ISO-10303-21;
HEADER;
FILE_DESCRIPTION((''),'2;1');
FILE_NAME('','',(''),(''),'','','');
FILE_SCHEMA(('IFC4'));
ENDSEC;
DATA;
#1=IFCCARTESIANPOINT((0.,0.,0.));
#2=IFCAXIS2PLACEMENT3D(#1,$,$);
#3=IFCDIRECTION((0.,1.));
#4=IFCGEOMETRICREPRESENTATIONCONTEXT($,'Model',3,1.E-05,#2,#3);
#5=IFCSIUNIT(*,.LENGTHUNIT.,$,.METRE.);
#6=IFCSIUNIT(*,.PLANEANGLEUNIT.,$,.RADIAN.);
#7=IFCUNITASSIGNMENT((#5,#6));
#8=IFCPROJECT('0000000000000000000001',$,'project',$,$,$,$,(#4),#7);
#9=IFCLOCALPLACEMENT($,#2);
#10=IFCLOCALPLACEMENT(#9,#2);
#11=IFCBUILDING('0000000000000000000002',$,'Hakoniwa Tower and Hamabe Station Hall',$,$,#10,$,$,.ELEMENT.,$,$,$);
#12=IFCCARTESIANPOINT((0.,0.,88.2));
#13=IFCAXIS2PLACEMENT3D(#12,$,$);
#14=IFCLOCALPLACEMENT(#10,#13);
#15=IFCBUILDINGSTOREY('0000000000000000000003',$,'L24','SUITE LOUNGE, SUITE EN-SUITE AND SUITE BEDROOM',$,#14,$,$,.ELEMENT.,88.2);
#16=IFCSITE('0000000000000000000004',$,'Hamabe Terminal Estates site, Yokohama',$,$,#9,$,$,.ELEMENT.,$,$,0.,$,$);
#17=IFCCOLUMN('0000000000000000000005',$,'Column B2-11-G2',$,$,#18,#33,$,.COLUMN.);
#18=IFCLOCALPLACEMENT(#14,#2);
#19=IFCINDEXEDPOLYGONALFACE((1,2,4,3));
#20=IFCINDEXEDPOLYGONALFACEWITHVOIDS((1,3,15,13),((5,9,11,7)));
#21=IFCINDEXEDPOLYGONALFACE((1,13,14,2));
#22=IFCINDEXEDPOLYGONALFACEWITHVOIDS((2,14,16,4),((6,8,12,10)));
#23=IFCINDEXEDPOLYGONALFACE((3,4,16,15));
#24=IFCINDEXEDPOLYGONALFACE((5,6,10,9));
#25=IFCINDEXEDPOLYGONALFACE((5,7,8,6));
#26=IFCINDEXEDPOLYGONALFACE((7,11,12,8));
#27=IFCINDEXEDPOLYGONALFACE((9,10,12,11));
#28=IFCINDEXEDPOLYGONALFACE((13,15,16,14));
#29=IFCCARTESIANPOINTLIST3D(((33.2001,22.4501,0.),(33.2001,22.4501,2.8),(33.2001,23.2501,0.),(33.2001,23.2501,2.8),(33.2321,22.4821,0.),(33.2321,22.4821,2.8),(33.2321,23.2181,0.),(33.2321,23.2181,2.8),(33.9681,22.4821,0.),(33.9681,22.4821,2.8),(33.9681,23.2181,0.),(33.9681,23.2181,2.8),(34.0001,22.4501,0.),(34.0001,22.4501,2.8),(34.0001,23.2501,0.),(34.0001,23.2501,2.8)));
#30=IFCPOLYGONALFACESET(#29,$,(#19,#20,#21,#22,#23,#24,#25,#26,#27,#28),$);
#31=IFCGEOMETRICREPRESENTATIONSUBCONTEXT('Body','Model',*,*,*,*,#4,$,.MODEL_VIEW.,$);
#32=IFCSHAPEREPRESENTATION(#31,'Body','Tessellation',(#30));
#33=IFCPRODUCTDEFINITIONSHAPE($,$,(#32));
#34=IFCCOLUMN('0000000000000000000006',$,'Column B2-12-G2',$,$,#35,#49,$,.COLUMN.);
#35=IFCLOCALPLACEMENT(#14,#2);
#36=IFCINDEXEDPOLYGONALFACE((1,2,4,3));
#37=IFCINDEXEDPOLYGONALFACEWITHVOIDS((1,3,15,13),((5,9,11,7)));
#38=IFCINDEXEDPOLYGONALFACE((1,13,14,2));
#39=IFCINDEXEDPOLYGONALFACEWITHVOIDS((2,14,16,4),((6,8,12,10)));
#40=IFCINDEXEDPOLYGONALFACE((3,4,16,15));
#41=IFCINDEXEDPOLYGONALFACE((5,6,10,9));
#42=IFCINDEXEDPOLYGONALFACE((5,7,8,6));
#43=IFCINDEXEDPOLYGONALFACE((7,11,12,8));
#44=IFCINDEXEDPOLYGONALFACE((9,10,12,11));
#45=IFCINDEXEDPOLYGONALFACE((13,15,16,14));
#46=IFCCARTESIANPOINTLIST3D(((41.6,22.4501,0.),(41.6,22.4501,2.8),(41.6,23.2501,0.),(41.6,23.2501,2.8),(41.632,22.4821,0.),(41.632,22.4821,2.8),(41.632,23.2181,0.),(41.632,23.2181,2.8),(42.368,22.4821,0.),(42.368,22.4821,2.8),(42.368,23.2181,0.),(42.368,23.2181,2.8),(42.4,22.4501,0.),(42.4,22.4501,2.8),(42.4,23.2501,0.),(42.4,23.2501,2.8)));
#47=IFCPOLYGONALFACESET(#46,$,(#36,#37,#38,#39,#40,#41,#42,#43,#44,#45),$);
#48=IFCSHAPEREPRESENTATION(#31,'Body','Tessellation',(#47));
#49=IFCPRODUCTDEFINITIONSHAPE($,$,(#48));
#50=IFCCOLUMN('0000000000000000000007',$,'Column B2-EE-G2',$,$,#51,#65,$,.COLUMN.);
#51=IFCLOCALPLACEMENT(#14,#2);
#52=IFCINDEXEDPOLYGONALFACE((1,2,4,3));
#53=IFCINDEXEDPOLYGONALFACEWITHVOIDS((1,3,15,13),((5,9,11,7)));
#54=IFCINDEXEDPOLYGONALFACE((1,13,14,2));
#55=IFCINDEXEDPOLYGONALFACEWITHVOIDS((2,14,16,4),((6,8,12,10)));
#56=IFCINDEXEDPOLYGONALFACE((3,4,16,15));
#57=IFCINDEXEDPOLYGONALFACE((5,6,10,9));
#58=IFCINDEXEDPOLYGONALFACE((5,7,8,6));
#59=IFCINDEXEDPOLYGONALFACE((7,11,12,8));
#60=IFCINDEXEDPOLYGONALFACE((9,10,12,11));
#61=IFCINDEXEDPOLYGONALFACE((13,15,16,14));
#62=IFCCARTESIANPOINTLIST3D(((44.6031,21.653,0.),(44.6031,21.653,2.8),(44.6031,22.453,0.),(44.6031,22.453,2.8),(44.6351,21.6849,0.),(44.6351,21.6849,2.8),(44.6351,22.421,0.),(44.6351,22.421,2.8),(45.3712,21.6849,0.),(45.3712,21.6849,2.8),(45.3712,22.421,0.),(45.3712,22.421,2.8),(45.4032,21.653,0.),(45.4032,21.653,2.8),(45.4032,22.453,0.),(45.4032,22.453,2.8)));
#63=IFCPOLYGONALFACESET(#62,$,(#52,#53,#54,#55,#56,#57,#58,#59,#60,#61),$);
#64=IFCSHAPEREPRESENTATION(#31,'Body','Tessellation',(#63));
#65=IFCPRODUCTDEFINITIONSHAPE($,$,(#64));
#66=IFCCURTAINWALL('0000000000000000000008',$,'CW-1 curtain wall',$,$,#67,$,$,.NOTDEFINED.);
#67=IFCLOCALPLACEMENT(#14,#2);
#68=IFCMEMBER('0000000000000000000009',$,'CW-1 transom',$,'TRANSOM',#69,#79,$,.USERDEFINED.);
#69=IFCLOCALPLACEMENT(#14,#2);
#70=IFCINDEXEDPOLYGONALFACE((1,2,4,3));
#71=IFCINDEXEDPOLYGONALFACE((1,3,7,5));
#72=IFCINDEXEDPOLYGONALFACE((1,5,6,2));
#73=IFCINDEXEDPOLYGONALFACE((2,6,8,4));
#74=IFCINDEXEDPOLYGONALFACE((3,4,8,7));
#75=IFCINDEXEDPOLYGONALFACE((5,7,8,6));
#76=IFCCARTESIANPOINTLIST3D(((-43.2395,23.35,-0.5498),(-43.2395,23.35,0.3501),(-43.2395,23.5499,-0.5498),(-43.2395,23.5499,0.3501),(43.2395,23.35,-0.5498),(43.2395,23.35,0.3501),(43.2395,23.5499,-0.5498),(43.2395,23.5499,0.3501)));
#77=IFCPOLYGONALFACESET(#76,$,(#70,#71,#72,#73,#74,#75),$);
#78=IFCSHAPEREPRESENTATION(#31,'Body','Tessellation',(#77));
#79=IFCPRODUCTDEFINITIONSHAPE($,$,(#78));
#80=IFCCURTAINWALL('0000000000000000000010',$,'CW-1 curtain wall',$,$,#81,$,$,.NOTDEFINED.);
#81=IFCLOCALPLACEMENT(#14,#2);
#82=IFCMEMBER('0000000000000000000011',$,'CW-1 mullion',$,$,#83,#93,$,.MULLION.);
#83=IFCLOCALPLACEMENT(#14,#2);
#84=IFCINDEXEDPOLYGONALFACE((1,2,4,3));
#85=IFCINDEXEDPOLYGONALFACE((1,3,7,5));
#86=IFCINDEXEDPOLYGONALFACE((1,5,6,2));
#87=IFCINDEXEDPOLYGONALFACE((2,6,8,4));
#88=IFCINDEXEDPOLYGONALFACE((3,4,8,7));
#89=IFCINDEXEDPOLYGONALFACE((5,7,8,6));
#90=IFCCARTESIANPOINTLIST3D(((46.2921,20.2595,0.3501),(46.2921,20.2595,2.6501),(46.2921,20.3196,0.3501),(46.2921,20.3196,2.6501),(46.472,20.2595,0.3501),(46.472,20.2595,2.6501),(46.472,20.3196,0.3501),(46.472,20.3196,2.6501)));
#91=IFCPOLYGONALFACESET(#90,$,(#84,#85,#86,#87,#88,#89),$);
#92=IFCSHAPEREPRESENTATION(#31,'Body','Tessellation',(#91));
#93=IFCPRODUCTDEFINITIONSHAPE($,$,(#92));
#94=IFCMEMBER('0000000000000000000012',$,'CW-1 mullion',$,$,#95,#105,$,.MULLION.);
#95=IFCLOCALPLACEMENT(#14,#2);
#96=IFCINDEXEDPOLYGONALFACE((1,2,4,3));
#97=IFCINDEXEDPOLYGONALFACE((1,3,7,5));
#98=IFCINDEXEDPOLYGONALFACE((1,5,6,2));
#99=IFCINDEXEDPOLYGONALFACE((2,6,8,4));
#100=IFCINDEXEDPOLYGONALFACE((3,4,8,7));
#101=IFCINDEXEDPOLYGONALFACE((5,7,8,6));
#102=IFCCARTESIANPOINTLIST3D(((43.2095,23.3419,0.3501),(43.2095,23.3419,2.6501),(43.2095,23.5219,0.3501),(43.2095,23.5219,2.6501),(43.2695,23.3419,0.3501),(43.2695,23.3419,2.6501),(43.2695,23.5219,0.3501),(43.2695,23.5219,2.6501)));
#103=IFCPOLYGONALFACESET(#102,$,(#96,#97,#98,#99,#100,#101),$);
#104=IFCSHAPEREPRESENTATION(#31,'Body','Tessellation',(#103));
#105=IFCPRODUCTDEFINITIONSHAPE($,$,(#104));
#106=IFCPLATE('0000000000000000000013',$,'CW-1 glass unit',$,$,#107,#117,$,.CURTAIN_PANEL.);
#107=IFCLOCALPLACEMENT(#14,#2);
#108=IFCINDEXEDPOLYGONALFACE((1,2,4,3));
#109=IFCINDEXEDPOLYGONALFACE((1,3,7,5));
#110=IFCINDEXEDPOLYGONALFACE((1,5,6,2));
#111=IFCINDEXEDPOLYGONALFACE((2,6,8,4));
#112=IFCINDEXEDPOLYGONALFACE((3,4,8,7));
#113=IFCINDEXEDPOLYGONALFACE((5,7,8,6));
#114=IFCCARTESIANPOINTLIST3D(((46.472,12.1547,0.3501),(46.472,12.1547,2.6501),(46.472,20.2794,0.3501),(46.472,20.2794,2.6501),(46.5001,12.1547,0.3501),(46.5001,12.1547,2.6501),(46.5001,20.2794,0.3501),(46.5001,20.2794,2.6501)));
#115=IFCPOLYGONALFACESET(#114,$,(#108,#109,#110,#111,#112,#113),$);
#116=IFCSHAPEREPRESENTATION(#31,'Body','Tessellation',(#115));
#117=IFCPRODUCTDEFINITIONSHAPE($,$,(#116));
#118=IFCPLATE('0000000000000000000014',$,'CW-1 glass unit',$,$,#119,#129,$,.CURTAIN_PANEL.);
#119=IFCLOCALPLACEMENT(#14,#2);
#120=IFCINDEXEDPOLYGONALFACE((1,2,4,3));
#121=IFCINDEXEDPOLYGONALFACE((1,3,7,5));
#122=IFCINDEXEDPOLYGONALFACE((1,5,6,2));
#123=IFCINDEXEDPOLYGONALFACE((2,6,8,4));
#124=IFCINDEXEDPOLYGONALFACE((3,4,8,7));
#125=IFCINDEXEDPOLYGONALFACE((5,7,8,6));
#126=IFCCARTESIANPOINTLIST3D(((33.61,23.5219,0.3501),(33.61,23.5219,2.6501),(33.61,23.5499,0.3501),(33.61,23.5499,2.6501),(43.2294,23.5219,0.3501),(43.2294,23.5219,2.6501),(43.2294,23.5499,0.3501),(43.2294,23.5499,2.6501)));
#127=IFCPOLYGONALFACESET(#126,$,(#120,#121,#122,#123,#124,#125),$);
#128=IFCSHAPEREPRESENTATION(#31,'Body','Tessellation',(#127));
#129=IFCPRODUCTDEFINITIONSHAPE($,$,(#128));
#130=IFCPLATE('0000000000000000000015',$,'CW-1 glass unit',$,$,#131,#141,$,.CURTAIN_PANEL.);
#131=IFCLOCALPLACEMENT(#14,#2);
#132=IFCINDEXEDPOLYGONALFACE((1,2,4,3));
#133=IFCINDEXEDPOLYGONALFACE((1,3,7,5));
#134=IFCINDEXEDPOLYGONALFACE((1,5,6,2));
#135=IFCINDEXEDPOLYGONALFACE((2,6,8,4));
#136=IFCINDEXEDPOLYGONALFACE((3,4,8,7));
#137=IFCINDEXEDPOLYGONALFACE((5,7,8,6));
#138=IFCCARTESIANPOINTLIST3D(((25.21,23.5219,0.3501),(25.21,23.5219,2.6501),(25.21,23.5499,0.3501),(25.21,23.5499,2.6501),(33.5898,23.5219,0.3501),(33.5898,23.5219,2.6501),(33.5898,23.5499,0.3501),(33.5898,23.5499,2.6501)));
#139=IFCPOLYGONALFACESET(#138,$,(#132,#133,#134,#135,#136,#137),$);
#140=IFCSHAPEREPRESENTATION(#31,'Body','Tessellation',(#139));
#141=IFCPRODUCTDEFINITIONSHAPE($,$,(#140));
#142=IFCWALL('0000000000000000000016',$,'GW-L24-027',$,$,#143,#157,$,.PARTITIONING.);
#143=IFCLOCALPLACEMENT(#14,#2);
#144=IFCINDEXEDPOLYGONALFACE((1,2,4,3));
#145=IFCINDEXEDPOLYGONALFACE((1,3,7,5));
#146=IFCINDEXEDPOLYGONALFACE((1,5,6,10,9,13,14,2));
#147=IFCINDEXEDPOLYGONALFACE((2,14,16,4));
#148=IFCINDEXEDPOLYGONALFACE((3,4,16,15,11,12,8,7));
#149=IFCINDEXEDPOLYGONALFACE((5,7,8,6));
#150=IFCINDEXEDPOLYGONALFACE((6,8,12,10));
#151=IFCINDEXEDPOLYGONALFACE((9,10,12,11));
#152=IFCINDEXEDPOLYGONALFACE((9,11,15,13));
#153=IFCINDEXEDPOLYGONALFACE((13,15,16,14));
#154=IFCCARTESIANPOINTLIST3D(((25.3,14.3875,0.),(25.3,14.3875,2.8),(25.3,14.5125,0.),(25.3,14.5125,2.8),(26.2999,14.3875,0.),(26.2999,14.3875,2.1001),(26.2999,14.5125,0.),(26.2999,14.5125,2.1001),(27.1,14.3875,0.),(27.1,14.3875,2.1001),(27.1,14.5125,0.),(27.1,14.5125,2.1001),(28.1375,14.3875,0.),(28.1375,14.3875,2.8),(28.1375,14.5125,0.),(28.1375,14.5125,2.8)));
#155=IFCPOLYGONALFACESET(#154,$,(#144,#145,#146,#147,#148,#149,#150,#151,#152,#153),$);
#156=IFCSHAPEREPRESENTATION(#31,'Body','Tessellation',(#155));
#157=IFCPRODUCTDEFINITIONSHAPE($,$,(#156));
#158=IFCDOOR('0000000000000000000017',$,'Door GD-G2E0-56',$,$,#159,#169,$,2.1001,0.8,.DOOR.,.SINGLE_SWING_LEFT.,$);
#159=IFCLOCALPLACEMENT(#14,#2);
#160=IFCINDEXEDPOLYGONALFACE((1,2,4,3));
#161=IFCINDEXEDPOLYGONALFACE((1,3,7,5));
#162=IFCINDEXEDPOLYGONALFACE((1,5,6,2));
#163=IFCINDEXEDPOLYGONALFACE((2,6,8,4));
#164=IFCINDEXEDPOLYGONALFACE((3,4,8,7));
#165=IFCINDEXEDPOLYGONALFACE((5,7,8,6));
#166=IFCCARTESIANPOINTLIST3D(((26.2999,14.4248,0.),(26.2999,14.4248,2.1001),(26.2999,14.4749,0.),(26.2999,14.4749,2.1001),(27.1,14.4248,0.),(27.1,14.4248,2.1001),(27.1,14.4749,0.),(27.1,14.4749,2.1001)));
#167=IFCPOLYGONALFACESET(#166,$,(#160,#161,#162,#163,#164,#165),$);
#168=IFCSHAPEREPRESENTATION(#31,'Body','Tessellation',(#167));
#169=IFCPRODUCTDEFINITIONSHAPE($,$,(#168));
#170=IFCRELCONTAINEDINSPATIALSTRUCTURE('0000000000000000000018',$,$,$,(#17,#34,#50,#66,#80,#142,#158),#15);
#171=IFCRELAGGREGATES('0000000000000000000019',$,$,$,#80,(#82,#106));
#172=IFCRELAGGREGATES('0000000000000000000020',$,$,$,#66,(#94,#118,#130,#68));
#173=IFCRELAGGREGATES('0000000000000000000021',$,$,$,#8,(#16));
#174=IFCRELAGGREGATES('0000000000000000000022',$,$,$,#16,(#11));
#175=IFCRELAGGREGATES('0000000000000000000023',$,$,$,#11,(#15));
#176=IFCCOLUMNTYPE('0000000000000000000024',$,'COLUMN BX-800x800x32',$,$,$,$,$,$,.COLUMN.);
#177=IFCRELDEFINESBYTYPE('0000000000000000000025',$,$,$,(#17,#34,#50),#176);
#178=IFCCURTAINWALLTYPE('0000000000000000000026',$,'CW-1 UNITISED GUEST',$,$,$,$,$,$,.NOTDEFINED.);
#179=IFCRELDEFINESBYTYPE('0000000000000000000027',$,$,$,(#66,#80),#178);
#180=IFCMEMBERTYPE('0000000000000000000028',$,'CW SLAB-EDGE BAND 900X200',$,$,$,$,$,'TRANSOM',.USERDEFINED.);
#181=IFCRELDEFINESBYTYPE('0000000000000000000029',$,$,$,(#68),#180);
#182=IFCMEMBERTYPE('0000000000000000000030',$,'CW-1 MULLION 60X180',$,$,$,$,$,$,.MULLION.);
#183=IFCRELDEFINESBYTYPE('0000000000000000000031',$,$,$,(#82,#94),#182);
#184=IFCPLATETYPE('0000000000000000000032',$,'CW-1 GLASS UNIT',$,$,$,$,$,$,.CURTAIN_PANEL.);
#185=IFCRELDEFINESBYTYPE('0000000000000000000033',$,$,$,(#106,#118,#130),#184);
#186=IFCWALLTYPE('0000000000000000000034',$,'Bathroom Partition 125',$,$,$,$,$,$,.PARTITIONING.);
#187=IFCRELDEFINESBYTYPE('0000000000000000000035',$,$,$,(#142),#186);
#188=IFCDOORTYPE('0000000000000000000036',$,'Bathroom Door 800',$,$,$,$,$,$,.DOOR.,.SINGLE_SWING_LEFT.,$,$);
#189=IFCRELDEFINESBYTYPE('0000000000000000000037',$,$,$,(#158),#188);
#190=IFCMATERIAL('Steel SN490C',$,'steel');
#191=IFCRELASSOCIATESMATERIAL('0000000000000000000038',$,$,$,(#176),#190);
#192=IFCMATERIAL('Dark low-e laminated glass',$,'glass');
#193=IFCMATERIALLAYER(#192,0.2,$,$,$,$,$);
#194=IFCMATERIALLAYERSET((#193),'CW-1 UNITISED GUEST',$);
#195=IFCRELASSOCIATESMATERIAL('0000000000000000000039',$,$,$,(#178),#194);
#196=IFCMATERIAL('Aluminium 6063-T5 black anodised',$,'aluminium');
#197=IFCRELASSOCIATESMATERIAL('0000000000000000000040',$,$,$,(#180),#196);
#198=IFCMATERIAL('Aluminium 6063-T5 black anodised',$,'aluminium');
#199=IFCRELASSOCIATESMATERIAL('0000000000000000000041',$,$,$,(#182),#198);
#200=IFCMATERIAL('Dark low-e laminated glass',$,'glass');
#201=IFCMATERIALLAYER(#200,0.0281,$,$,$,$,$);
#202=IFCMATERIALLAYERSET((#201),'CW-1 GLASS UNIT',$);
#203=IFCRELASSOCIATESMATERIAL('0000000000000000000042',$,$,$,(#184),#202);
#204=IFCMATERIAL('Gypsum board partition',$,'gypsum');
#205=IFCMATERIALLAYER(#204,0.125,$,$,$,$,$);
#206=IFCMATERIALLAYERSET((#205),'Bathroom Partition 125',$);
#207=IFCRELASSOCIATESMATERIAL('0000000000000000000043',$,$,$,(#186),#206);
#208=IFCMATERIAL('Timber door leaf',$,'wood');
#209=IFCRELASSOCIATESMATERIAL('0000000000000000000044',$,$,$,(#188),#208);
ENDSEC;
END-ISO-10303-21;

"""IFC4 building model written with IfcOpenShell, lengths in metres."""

from ifc_helpers import new_model, si_unit, direction, frame, frame_2d, origin, origin_2d, place, context, subcontext, project, spatial, rectangle, hollow_rectangle, extrude, material, layer, layer_set, material_profile, profile_set, type_object, element, fill, aggregate, save


model = new_model("IFC4")

# Units and contexts
model_context = context("Model", 3, precision=1e-05, world=origin(), true_north=direction((0.0, 1.0)))
body_context = subcontext(model_context, "Body", "Model", "MODEL_VIEW")
ifc_project = project(units=[si_unit("LENGTHUNIT", "METRE"), si_unit("PLANEANGLEUNIT", "RADIAN")], contexts=[model_context])

# Site, building, storey
site_placement = place(None, origin())
site = spatial("IfcSite", under=ifc_project, at=site_placement, Name="Hamabe Terminal Estates site, Yokohama", CompositionType="ELEMENT", RefElevation=0.0)
building_placement = place(site_placement, origin())
building = spatial("IfcBuilding", under=site, at=building_placement, Name="Hakoniwa Tower and Hamabe Station Hall", CompositionType="ELEMENT")
storey_placement = place(building_placement, frame((0.0, 0.0, 88.2)))
storey = spatial("IfcBuildingStorey", under=building, at=storey_placement, Name="L24", Description="SUITE LOUNGE, SUITE EN-SUITE AND SUITE BEDROOM", CompositionType="ELEMENT", Elevation=88.2)

# Columns
ifc_material_1 = material(Name="Steel SN490C", Category="steel")
ifc_material_profile_1 = material_profile(ifc_material_1, hollow_rectangle(XDim=0.8, YDim=0.8, WallThickness=0.032, at=origin_2d()), Name="BX-800x800x32")
ifc_profile_set_1 = profile_set([ifc_material_profile_1], Name="Steel SN490C")
column_type = type_object("IfcColumnType", Name="COLUMN BX-800x800x32", PredefinedType="COLUMN", material=ifc_profile_set_1)
for number, where, z_axis, x_axis, name in (
    (1, (33.6001, 22.8501, 0.0), (0.0, 0.0, 1.0), (1.0, 0.0, 0.0), "Column B2-11-G2"),
    (2, (42.0, 22.8501, 0.0), (0.0, 0.0, 1.0), (1.0, 0.0, 0.0), "Column B2-12-G2"),
    (3, (45.0032, 22.053, 0.0), (0.0, 0.0, 1.0), (1.0, 0.0, 0.0), "Column B2-EE-G2"),
):
    element("IfcColumn", number, at=place(storey_placement, frame(where, z_axis=z_axis, x_axis=x_axis)), inside=storey, type_object=column_type, Name=name, PredefinedType="COLUMN", context=body_context, shape_type="SweptSolid", body=[
        extrude(hollow_rectangle(XDim=0.8, YDim=0.8, WallThickness=0.032, at=origin_2d()), origin(), (0.0, 0.0, 1.0), 2.8),
    ])

# Curtain walls, members
ifc_material_2 = material(Name="Dark low-e laminated glass", Category="glass")
ifc_layer_1 = layer(ifc_material_2, 0.2)
ifc_layer_set_1 = layer_set([ifc_layer_1], Name="CW-1 UNITISED GUEST")
curtain_wall_type = type_object("IfcCurtainWallType", Name="CW-1 UNITISED GUEST", PredefinedType="NOTDEFINED", material=ifc_layer_set_1)
curtain_wall_1_placement = place(storey_placement, origin())
curtain_wall_1 = element("IfcCurtainWall", 4, at=curtain_wall_1_placement, inside=storey, type_object=curtain_wall_type, Name="CW-1 curtain wall", PredefinedType="NOTDEFINED")
ifc_material_3 = material(Name="Aluminium 6063-T5 black anodised", Category="aluminium")
ifc_material_profile_2 = material_profile(ifc_material_3, rectangle(XDim=0.2, YDim=0.8999, at=origin_2d()), Name="CW SLAB-EDGE BAND 900X200")
ifc_profile_set_2 = profile_set([ifc_material_profile_2], Name="Aluminium 6063-T5 black anodised")
member_type_1 = type_object("IfcMemberType", Name="CW SLAB-EDGE BAND 900X200", ElementType="TRANSOM", PredefinedType="USERDEFINED", material=ifc_profile_set_2)
member_1_placement = place(storey_placement, frame((43.2395, 23.45, -0.0999), z_axis=(-1.0, 0.0, 0.0), x_axis=(0.0, -1.0, 0.0)))
member_1 = element("IfcMember", 5, at=member_1_placement, type_object=member_type_1, Name="CW-1 transom", ObjectType="TRANSOM", PredefinedType="USERDEFINED", context=body_context, shape_type="SweptSolid", body=[
    extrude(rectangle(XDim=0.2, YDim=0.8999, at=origin_2d()), origin(), (0.0, 0.0, 1.0), 86.479),
])
curtain_wall_2_placement = place(storey_placement, origin())
curtain_wall_2 = element("IfcCurtainWall", 6, at=curtain_wall_2_placement, inside=storey, type_object=curtain_wall_type, Name="CW-1 curtain wall", PredefinedType="NOTDEFINED")
ifc_material_4 = material(Name="Aluminium 6063-T5 black anodised", Category="aluminium")
ifc_material_profile_3 = material_profile(ifc_material_4, rectangle(XDim=0.0601, YDim=0.1799, at=origin_2d()), Name="CW-1 MULLION 60X180")
ifc_profile_set_3 = profile_set([ifc_material_profile_3], Name="Aluminium 6063-T5 black anodised")
member_type_2 = type_object("IfcMemberType", Name="CW-1 MULLION 60X180", PredefinedType="MULLION", material=ifc_profile_set_3)
member_2_placement = place(storey_placement, frame((46.3821, 20.2896, 0.3501), z_axis=(0.0, 0.0, 1.0), x_axis=(0.0, 1.0, 0.0)))
member_2 = element("IfcMember", 7, at=member_2_placement, type_object=member_type_2, Name="CW-1 mullion", PredefinedType="MULLION", context=body_context, shape_type="SweptSolid", body=[
    extrude(rectangle(XDim=0.0601, YDim=0.1799, at=origin_2d()), origin(), (0.0, 0.0, 1.0), 2.3),
])

# Member
member_3_placement = place(storey_placement, frame((43.2395, 23.4319, 0.3501), z_axis=(0.0, 0.0, 1.0), x_axis=(-1.0, 0.0, 0.0)))
member_3 = element("IfcMember", 8, at=member_3_placement, type_object=member_type_2, Name="CW-1 mullion", PredefinedType="MULLION", context=body_context, shape_type="SweptSolid", body=[
    extrude(rectangle(XDim=0.0601, YDim=0.1799, at=origin_2d()), origin(), (0.0, 0.0, 1.0), 2.3),
])

# Plates
ifc_material_5 = material(Name="Dark low-e laminated glass", Category="glass")
ifc_layer_2 = layer(ifc_material_5, 0.0281)
ifc_layer_set_2 = layer_set([ifc_layer_2], Name="CW-1 GLASS UNIT")
plate_type = type_object("IfcPlateType", Name="CW-1 GLASS UNIT", PredefinedType="CURTAIN_PANEL", material=ifc_layer_set_2)
plate_1_placement = place(storey_placement, frame((46.4861, 16.217, 0.3501), z_axis=(0.0, 0.0, 1.0), x_axis=(0.0, 1.0, 0.0)))
plate_1 = element("IfcPlate", 9, at=plate_1_placement, type_object=plate_type, Name="CW-1 glass unit", PredefinedType="CURTAIN_PANEL", context=body_context, shape_type="SweptSolid", body=[
    extrude(rectangle(XDim=8.1248, YDim=0.0281, at=origin_2d()), origin(), (0.0, 0.0, 1.0), 2.3),
])
aggregate(curtain_wall_2, [member_2, plate_1])
plate_2_placement = place(storey_placement, frame((38.4197, 23.5359, 0.3501), z_axis=(0.0, 0.0, 1.0), x_axis=(-1.0, 0.0, 0.0)))
plate_2 = element("IfcPlate", 10, at=plate_2_placement, type_object=plate_type, Name="CW-1 glass unit", PredefinedType="CURTAIN_PANEL", context=body_context, shape_type="SweptSolid", body=[
    extrude(rectangle(XDim=9.6194, YDim=0.0281, at=origin_2d()), origin(), (0.0, 0.0, 1.0), 2.3),
])
plate_3_placement = place(storey_placement, frame((29.3999, 23.5359, 0.3501), z_axis=(0.0, 0.0, 1.0), x_axis=(-1.0, 0.0, 0.0)))
plate_3 = element("IfcPlate", 11, at=plate_3_placement, type_object=plate_type, Name="CW-1 glass unit", PredefinedType="CURTAIN_PANEL", context=body_context, shape_type="SweptSolid", body=[
    extrude(rectangle(XDim=8.3799, YDim=0.0281, at=origin_2d()), origin(), (0.0, 0.0, 1.0), 2.3),
])
aggregate(curtain_wall_1, [member_3, plate_2, plate_3, member_1])

# Wall, opening, door
ifc_material_6 = material(Name="Gypsum board partition", Category="gypsum")
ifc_layer_3 = layer(ifc_material_6, 0.125)
ifc_layer_set_3 = layer_set([ifc_layer_3], Name="Bathroom Partition 125")
wall_type_1 = type_object("IfcWallType", Name="Bathroom Partition 125", PredefinedType="PARTITIONING", material=ifc_layer_set_3)
wall_1_placement = place(storey_placement, frame((25.3, 14.45, 0.0), z_axis=(0.0, 0.0, 1.0), x_axis=(1.0, 0.0, 0.0)))
wall_1 = element("IfcWall", 12, at=wall_1_placement, inside=storey, type_object=wall_type_1, Name="GW-L24-027", PredefinedType="PARTITIONING", context=body_context, shape_type="SweptSolid", body=[
    extrude(rectangle(XDim=2.8374, YDim=0.125, at=frame_2d((1.4187, 0.0))), origin(), (0.0, 0.0, 1.0), 2.8),
])
opening_1_placement = place(wall_1_placement, frame((1.0, 0.0, 0.0)))
opening_1 = element("IfcOpeningElement", 13, at=opening_1_placement, cuts=wall_1, PredefinedType="OPENING", context=body_context, shape_type="SweptSolid", body=[
    extrude(rectangle(XDim=0.8, YDim=2.1001, at=frame_2d((0.3999, 1.05))), frame((0.0, 0.0725, 0.0), z_axis=(0.0, -1.0, 0.0), x_axis=(1.0, 0.0, 0.0)), (0.0, 0.0, 1.0), 0.145),
])
ifc_material_7 = material(Name="Timber door leaf", Category="wood")
door_type_1 = type_object("IfcDoorType", Name="Bathroom Door 800", OperationType="SINGLE_SWING_LEFT", PredefinedType="DOOR", material=ifc_material_7)
door_1_placement = place(opening_1_placement, origin())
door_1 = element("IfcDoor", 14, at=door_1_placement, inside=storey, type_object=door_type_1, Name="Door GD-G2E0-56", OperationType="SINGLE_SWING_LEFT", OverallHeight=2.1001, OverallWidth=0.8, PredefinedType="DOOR", context=body_context, shape_type="SweptSolid", body=[
    extrude(rectangle(XDim=0.8, YDim=2.1001, at=frame_2d((0.3999, 1.05))), frame((0.0, 0.0249, 0.0), z_axis=(0.0, -1.0, 0.0), x_axis=(1.0, 0.0, 0.0)), (0.0, 0.0, 1.0), 0.05),
])
fill(opening_1, door_1)

save(model, "model.ifc")
